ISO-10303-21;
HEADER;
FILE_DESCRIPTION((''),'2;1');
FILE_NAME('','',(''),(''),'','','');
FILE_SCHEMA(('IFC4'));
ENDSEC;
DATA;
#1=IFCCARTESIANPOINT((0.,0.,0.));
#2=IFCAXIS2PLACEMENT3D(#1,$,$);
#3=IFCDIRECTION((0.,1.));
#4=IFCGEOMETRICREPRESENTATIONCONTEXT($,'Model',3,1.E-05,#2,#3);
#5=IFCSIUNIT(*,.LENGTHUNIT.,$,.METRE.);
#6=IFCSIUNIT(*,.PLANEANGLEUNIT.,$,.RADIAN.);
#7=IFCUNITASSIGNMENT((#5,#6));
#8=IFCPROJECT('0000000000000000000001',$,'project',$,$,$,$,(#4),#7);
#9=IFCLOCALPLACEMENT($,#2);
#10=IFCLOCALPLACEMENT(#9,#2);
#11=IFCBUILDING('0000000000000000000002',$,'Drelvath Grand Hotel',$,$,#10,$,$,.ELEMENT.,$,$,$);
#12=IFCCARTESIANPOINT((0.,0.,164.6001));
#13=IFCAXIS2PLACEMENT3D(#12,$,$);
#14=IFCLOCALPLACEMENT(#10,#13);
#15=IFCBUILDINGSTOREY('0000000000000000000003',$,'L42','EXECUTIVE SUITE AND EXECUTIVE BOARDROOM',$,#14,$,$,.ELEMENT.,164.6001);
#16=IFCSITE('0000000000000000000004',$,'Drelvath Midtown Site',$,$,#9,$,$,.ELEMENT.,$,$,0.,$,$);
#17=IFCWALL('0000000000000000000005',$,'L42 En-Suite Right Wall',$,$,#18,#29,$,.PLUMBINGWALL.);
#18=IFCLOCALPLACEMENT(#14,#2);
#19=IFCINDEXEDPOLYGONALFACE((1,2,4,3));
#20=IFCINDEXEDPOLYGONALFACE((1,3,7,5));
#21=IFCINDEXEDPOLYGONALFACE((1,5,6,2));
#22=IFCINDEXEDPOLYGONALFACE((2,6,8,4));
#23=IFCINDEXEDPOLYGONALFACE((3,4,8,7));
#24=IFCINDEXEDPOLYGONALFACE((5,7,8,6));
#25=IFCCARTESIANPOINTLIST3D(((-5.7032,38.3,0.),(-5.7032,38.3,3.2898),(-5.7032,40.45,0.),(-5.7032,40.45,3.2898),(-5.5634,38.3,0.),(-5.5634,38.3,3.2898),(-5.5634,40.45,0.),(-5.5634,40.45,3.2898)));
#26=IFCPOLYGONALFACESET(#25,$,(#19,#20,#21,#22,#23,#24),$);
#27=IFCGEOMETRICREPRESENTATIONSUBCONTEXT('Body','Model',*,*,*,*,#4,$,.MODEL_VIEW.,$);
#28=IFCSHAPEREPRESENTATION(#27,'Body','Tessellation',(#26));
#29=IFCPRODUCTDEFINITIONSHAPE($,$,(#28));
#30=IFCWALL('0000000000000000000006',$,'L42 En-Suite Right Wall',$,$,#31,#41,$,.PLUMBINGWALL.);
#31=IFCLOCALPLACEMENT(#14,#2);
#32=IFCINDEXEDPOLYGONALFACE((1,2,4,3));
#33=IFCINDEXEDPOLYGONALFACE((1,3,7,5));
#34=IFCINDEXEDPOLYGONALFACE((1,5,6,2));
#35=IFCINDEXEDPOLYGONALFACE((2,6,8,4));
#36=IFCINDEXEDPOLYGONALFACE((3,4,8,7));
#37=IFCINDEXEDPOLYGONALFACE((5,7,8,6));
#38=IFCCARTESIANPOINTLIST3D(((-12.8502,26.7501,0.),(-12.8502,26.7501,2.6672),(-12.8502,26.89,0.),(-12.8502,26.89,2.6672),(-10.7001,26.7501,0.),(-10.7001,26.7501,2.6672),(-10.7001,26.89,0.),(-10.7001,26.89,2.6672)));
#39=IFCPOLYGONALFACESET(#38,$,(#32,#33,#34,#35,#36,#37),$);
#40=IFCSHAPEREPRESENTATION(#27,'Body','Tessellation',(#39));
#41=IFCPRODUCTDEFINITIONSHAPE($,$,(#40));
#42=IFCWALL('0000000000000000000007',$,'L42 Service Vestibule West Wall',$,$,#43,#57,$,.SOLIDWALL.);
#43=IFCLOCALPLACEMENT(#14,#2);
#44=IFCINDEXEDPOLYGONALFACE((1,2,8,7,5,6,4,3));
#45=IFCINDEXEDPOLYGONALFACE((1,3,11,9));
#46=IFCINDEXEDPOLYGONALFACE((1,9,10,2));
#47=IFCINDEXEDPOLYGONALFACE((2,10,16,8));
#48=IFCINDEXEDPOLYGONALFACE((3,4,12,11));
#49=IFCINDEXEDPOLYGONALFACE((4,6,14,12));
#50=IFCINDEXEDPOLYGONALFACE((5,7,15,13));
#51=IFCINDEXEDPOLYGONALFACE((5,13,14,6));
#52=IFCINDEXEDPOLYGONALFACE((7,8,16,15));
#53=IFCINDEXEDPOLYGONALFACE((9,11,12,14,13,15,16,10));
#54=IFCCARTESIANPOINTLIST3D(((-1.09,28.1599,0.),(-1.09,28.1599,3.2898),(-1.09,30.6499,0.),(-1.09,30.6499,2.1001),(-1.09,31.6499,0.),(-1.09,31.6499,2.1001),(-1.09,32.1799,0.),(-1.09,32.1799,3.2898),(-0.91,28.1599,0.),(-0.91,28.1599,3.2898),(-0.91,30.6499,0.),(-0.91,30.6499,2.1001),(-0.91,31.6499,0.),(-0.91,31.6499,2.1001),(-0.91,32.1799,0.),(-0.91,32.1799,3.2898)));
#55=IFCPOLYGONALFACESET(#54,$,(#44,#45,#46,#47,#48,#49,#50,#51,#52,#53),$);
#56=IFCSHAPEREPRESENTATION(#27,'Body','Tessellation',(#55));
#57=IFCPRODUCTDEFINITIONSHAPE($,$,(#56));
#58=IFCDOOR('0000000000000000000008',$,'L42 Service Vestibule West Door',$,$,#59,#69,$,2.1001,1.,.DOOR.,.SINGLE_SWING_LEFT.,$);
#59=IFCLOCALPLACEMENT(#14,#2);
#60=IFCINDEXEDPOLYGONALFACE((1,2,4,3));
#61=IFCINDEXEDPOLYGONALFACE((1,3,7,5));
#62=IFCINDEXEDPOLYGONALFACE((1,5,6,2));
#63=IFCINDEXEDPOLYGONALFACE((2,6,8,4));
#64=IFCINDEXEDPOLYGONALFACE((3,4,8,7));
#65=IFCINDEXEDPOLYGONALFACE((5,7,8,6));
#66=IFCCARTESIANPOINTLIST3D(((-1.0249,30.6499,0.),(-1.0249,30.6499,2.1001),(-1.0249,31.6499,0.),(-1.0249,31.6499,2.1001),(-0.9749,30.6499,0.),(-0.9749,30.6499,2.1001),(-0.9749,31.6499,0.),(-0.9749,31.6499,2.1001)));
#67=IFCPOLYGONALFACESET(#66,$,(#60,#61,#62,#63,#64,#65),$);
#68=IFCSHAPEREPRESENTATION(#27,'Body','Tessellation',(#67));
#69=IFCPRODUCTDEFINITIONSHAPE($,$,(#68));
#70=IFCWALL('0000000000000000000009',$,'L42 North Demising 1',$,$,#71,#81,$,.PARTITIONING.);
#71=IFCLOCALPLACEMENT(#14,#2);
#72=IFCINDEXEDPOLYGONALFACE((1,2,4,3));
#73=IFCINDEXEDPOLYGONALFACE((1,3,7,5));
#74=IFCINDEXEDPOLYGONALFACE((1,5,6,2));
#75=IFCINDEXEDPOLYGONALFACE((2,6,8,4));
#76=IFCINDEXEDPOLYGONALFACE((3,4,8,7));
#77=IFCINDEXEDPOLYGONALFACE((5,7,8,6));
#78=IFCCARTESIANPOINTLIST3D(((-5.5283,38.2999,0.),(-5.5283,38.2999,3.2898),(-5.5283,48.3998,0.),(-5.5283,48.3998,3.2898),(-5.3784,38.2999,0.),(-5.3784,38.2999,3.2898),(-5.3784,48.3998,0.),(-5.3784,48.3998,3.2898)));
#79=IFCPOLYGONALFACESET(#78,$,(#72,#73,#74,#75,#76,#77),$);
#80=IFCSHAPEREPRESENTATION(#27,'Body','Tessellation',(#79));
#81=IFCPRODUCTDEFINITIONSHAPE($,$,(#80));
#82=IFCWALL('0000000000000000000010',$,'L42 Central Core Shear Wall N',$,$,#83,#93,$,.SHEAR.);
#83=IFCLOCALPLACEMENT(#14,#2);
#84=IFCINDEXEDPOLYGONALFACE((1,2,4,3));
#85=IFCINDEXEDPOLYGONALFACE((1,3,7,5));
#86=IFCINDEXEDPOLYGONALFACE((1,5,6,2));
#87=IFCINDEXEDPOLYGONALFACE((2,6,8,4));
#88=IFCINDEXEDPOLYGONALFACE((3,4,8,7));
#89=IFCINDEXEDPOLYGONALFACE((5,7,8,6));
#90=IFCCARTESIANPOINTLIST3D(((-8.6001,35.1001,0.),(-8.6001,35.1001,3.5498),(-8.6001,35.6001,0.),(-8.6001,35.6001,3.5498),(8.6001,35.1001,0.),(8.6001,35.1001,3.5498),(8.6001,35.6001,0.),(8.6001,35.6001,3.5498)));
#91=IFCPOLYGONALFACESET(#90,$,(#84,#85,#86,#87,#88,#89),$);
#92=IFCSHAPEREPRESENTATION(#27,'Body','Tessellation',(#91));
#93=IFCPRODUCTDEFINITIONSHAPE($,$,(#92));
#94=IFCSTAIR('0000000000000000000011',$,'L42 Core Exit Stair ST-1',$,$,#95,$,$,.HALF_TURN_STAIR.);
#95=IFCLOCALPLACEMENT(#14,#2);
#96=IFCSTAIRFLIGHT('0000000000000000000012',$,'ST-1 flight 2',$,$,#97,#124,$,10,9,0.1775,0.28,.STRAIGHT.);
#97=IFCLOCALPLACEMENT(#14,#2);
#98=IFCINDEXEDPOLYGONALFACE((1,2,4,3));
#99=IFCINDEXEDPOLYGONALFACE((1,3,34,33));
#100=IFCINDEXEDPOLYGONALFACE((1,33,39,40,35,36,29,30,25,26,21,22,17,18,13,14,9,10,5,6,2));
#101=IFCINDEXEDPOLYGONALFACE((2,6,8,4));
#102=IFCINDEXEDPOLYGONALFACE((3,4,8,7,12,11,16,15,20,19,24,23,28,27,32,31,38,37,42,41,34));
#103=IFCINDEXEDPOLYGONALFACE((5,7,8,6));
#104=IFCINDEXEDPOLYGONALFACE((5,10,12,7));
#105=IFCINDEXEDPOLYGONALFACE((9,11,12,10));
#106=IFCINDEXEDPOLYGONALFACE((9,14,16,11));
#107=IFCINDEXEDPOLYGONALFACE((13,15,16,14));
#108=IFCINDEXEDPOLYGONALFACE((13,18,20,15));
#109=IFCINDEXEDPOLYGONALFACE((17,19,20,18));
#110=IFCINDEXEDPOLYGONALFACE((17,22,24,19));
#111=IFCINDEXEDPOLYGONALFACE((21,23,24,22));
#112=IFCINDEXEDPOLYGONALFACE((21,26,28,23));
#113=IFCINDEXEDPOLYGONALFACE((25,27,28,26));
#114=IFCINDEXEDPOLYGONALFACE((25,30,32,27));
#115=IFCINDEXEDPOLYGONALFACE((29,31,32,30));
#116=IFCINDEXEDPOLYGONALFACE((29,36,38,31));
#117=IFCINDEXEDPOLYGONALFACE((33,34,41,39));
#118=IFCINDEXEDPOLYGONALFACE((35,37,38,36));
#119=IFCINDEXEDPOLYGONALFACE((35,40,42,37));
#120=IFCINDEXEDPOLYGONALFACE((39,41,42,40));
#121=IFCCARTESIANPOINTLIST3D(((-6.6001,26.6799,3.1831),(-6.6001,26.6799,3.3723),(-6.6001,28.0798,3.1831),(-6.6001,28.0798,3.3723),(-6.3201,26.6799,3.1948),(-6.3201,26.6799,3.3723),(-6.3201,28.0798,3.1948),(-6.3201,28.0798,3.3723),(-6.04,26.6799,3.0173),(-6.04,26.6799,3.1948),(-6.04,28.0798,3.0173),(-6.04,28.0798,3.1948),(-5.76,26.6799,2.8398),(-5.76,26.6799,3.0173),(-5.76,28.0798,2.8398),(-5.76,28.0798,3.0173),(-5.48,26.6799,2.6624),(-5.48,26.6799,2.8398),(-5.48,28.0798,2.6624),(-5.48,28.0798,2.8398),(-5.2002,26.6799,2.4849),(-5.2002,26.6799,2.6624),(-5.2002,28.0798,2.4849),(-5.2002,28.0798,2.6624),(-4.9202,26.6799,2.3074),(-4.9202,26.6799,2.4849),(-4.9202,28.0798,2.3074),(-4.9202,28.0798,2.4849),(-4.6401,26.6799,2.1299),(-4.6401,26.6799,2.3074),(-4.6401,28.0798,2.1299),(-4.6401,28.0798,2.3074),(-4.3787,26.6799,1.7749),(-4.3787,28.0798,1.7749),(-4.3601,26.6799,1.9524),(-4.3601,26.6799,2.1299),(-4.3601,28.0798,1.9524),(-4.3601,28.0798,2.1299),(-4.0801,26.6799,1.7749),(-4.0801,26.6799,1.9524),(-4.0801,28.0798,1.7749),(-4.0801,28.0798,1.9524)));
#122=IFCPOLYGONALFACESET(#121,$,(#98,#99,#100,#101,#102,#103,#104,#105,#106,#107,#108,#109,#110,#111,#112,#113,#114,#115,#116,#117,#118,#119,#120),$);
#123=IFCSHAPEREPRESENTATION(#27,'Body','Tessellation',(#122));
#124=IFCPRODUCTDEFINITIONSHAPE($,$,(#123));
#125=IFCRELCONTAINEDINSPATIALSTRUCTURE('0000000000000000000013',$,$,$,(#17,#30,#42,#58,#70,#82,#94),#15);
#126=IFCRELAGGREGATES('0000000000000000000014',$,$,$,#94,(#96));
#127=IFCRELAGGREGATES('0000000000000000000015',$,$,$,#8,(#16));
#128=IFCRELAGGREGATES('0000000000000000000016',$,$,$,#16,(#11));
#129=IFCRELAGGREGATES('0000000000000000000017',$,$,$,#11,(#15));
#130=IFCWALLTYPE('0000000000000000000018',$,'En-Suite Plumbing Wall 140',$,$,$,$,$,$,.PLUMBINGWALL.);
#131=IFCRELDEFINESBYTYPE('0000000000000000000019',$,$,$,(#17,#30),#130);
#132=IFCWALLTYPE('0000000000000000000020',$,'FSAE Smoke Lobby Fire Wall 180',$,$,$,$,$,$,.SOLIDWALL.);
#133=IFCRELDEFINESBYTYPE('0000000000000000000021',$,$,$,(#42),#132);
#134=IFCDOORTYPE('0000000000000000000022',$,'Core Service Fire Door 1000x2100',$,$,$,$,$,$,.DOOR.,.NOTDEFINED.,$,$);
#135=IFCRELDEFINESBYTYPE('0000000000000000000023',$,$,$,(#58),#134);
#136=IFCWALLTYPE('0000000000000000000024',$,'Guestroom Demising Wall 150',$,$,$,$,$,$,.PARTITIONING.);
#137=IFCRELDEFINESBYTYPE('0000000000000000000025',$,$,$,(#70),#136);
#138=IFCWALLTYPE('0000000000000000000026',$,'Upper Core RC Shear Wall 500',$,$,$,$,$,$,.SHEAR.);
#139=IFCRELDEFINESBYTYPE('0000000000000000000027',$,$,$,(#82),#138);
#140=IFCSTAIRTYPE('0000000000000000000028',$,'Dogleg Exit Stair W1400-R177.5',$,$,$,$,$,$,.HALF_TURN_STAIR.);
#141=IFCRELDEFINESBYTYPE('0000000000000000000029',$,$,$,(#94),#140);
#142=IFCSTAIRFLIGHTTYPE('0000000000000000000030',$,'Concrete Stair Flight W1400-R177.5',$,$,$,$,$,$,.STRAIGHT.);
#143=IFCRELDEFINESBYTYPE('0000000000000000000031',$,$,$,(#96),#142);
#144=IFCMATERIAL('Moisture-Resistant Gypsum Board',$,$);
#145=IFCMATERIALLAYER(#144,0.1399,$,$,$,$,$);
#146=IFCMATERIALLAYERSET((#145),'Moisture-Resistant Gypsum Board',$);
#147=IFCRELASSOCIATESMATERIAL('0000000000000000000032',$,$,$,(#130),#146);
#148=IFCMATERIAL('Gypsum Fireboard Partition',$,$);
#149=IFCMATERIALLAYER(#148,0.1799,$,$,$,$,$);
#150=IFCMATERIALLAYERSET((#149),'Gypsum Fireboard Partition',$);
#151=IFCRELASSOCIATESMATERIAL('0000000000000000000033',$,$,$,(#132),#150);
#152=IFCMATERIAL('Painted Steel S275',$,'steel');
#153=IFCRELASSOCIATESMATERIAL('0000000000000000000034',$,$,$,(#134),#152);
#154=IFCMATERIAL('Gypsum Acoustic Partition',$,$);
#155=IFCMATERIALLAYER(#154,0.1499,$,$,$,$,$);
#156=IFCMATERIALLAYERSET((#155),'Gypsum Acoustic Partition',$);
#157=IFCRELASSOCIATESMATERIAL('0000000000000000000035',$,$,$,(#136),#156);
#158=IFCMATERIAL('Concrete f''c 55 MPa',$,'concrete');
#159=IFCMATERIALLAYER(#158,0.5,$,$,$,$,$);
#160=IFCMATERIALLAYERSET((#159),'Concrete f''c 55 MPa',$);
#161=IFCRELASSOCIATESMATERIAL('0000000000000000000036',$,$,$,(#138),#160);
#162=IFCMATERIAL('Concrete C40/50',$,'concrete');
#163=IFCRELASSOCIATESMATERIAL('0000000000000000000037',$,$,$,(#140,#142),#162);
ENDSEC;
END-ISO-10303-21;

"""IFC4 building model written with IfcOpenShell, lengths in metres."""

from ifc_helpers import new_model, si_unit, direction, frame, frame_2d, origin, place, context, subcontext, project, spatial, polyline, rectangle, outline, extrude, material, layer, layer_set, type_object, element, fill, aggregate, save


model = new_model("IFC4")

# Units and contexts
model_context = context("Model", 3, precision=1e-05, world=origin(), true_north=direction((0.0, 1.0)))
body_context = subcontext(model_context, "Body", "Model", "MODEL_VIEW")
ifc_project = project(units=[si_unit("LENGTHUNIT", "METRE"), si_unit("PLANEANGLEUNIT", "RADIAN")], contexts=[model_context])

# Site, building, storey
site_placement = place(None, origin())
site = spatial("IfcSite", under=ifc_project, at=site_placement, Name="Drelvath Midtown Site", CompositionType="ELEMENT", RefElevation=0.0)
building_placement = place(site_placement, origin())
building = spatial("IfcBuilding", under=site, at=building_placement, Name="Drelvath Grand Hotel", CompositionType="ELEMENT")
storey_placement = place(building_placement, frame((0.0, 0.0, 164.6001)))
storey = spatial("IfcBuildingStorey", under=building, at=storey_placement, Name="L42", Description="EXECUTIVE SUITE AND EXECUTIVE BOARDROOM", CompositionType="ELEMENT", Elevation=164.6001)

# Shared definitions
ifc_material_1 = material(Name="Concrete f'c 55 MPa", Category="concrete")

# Shared definitions
ifc_material_2 = material(Name="Painted Steel S275", Category="steel")

# Shared definitions
ifc_material_3 = material(Name="Concrete C40/50", Category="concrete")

# Shared definitions
ifc_material_4 = material(Name="Gypsum Fireboard Partition")

# Walls
ifc_material_5 = material(Name="Moisture-Resistant Gypsum Board")
ifc_layer_1 = layer(ifc_material_5, 0.1399)
ifc_layer_set_1 = layer_set([ifc_layer_1], Name="Moisture-Resistant Gypsum Board")
wall_type_1 = type_object("IfcWallType", Name="En-Suite Plumbing Wall 140", PredefinedType="PLUMBINGWALL", material=ifc_layer_set_1)
for number, where, z_axis, x_axis, name in (
    (1, (-5.6333, 38.3, 0.0), (0.0, 0.0, 1.0), (0.0, 1.0, 0.0), "L42 En-Suite Right Wall"),
):
    element("IfcWall", number, at=place(storey_placement, frame(where, z_axis=z_axis, x_axis=x_axis)), inside=storey, type_object=wall_type_1, Name=name, PredefinedType="PLUMBINGWALL", context=body_context, shape_type="SweptSolid", body=[
        extrude(rectangle(XDim=2.1499, YDim=0.1399, at=frame_2d((1.075, 0.0))), origin(), (0.0, 0.0, 1.0), 3.2898),
    ])
wall_1_placement = place(storey_placement, frame((-10.7, 26.8201, 0.0), z_axis=(0.0, 0.0, 1.0), x_axis=(-1.0, 0.0, 0.0)))
element("IfcWall", 2, at=wall_1_placement, inside=storey, type_object=wall_type_1, Name="L42 En-Suite Right Wall", PredefinedType="PLUMBINGWALL", context=body_context, shape_type="SweptSolid", body=[
    extrude(rectangle(XDim=2.1501, YDim=0.1399, at=frame_2d((1.0752, 0.0))), origin(), (0.0, 0.0, 1.0), 2.6672),
])

# Wall, opening, door
ifc_layer_2 = layer(ifc_material_4, 0.1799)
ifc_layer_set_2 = layer_set([ifc_layer_2], Name="Gypsum Fireboard Partition")
wall_type_2 = type_object("IfcWallType", Name="FSAE Smoke Lobby Fire Wall 180", PredefinedType="SOLIDWALL", material=ifc_layer_set_2)
wall_2_placement = place(storey_placement, frame((-1.0, 28.1599, 0.0), z_axis=(0.0, 0.0, 1.0), x_axis=(0.0, 1.0, 0.0)))
wall_2 = element("IfcWall", 3, at=wall_2_placement, inside=storey, type_object=wall_type_2, Name="L42 Service Vestibule West Wall", PredefinedType="SOLIDWALL", context=body_context, shape_type="SweptSolid", body=[
    extrude(rectangle(XDim=4.02, YDim=0.1799, at=frame_2d((2.01, 0.0))), origin(), (0.0, 0.0, 1.0), 3.2898),
])
opening_1_placement = place(wall_2_placement, frame((2.49, 0.0, 0.0)))
opening_1 = element("IfcOpeningElement", 4, at=opening_1_placement, cuts=wall_2, PredefinedType="OPENING", context=body_context, shape_type="SweptSolid", body=[
    extrude(rectangle(XDim=1.0, YDim=2.1001, at=frame_2d((0.5, 1.05))), frame((0.0, 0.0999, 0.0), z_axis=(0.0, -1.0, 0.0), x_axis=(1.0, 0.0, 0.0)), (0.0, 0.0, 1.0), 0.2),
])
door_type_1 = type_object("IfcDoorType", Name="Core Service Fire Door 1000x2100", OperationType="NOTDEFINED", PredefinedType="DOOR", material=ifc_material_2)
door_1_placement = place(opening_1_placement, origin())
door_1 = element("IfcDoor", 5, at=door_1_placement, inside=storey, type_object=door_type_1, Name="L42 Service Vestibule West Door", OperationType="SINGLE_SWING_LEFT", OverallHeight=2.1001, OverallWidth=1.0, PredefinedType="DOOR", context=body_context, shape_type="SweptSolid", body=[
    extrude(rectangle(XDim=1.0, YDim=2.1001, at=frame_2d((0.5, 1.05))), frame((0.0, 0.0249, 0.0), z_axis=(0.0, -1.0, 0.0), x_axis=(1.0, 0.0, 0.0)), (0.0, 0.0, 1.0), 0.05),
])
fill(opening_1, door_1)

# Walls
ifc_material_6 = material(Name="Gypsum Acoustic Partition")
ifc_layer_3 = layer(ifc_material_6, 0.1499)
ifc_layer_set_3 = layer_set([ifc_layer_3], Name="Gypsum Acoustic Partition")
wall_type_3 = type_object("IfcWallType", Name="Guestroom Demising Wall 150", PredefinedType="PARTITIONING", material=ifc_layer_set_3)
wall_3_placement = place(storey_placement, frame((-5.4534, 38.3, 0.0), z_axis=(0.0, 0.0, 1.0), x_axis=(0.0, 1.0, 0.0)))
element("IfcWall", 6, at=wall_3_placement, inside=storey, type_object=wall_type_3, Name="L42 North Demising 1", PredefinedType="PARTITIONING", context=body_context, shape_type="SweptSolid", body=[
    extrude(rectangle(XDim=10.0999, YDim=0.1499, at=frame_2d((5.0498, 0.0))), origin(), (0.0, 0.0, 1.0), 3.2898),
])
ifc_layer_4 = layer(ifc_material_1, 0.5)
ifc_layer_set_4 = layer_set([ifc_layer_4], Name="Concrete f'c 55 MPa")
wall_type_4 = type_object("IfcWallType", Name="Upper Core RC Shear Wall 500", PredefinedType="SHEAR", material=ifc_layer_set_4)
wall_4_placement = place(storey_placement, frame((-8.6001, 35.3501, 0.0), z_axis=(0.0, 0.0, 1.0), x_axis=(1.0, 0.0, 0.0)))
element("IfcWall", 7, at=wall_4_placement, inside=storey, type_object=wall_type_4, Name="L42 Central Core Shear Wall N", PredefinedType="SHEAR", context=body_context, shape_type="SweptSolid", body=[
    extrude(rectangle(XDim=17.2002, YDim=0.5, at=frame_2d((8.6001, 0.0))), origin(), (0.0, 0.0, 1.0), 3.5498),
])

# Stair, stair flight
stair_type = type_object("IfcStairType", Name="Dogleg Exit Stair W1400-R177.5", PredefinedType="HALF_TURN_STAIR", material=ifc_material_3)
stair_placement = place(storey_placement, origin())
stair = element("IfcStair", 8, at=stair_placement, inside=storey, type_object=stair_type, Name="L42 Core Exit Stair ST-1", PredefinedType="HALF_TURN_STAIR")
stair_flight_type = type_object("IfcStairFlightType", Name="Concrete Stair Flight W1400-R177.5", PredefinedType="STRAIGHT", material=ifc_material_3)
stair_flight_placement = place(storey_placement, frame((-4.0801, 27.3799, 1.7749), z_axis=(0.0, 0.0, 1.0), x_axis=(-1.0, 0.0, 0.0)))
stair_flight = element("IfcStairFlight", 9, at=stair_flight_placement, type_object=stair_flight_type, Name="ST-1 flight 2", NumberOfRisers=10, NumberOfTreads=9, PredefinedType="STRAIGHT", RiserHeight=0.1775, TreadLength=0.28, context=body_context, shape_type="SweptSolid", body=[
    extrude(outline(polyline([(0.0, 0.0), (0.0, 0.1775), (0.28, 0.1775), (0.28, 0.355), (0.5601, 0.355), (0.5601, 0.5325), (0.8401, 0.5325), (0.8401, 0.71), (1.1201, 0.71), (1.1201, 0.8875), (1.3999, 0.8875), (1.3999, 1.0649), (1.6799, 1.0649), (1.6799, 1.2424), (1.96, 1.2424), (1.96, 1.4199), (2.24, 1.4199), (2.24, 1.5974), (2.52, 1.5974), (2.52, 1.7749), (2.52, 1.4082), (0.2986, 0.0), (0.0, 0.0)])), frame((0.0, 0.7, 0.0), z_axis=(0.0, -1.0, 0.0), x_axis=(1.0, 0.0, 0.0)), (0.0, 0.0, 1.0), 1.3999),
])
aggregate(stair, [stair_flight])

save(model, "model.ifc")
